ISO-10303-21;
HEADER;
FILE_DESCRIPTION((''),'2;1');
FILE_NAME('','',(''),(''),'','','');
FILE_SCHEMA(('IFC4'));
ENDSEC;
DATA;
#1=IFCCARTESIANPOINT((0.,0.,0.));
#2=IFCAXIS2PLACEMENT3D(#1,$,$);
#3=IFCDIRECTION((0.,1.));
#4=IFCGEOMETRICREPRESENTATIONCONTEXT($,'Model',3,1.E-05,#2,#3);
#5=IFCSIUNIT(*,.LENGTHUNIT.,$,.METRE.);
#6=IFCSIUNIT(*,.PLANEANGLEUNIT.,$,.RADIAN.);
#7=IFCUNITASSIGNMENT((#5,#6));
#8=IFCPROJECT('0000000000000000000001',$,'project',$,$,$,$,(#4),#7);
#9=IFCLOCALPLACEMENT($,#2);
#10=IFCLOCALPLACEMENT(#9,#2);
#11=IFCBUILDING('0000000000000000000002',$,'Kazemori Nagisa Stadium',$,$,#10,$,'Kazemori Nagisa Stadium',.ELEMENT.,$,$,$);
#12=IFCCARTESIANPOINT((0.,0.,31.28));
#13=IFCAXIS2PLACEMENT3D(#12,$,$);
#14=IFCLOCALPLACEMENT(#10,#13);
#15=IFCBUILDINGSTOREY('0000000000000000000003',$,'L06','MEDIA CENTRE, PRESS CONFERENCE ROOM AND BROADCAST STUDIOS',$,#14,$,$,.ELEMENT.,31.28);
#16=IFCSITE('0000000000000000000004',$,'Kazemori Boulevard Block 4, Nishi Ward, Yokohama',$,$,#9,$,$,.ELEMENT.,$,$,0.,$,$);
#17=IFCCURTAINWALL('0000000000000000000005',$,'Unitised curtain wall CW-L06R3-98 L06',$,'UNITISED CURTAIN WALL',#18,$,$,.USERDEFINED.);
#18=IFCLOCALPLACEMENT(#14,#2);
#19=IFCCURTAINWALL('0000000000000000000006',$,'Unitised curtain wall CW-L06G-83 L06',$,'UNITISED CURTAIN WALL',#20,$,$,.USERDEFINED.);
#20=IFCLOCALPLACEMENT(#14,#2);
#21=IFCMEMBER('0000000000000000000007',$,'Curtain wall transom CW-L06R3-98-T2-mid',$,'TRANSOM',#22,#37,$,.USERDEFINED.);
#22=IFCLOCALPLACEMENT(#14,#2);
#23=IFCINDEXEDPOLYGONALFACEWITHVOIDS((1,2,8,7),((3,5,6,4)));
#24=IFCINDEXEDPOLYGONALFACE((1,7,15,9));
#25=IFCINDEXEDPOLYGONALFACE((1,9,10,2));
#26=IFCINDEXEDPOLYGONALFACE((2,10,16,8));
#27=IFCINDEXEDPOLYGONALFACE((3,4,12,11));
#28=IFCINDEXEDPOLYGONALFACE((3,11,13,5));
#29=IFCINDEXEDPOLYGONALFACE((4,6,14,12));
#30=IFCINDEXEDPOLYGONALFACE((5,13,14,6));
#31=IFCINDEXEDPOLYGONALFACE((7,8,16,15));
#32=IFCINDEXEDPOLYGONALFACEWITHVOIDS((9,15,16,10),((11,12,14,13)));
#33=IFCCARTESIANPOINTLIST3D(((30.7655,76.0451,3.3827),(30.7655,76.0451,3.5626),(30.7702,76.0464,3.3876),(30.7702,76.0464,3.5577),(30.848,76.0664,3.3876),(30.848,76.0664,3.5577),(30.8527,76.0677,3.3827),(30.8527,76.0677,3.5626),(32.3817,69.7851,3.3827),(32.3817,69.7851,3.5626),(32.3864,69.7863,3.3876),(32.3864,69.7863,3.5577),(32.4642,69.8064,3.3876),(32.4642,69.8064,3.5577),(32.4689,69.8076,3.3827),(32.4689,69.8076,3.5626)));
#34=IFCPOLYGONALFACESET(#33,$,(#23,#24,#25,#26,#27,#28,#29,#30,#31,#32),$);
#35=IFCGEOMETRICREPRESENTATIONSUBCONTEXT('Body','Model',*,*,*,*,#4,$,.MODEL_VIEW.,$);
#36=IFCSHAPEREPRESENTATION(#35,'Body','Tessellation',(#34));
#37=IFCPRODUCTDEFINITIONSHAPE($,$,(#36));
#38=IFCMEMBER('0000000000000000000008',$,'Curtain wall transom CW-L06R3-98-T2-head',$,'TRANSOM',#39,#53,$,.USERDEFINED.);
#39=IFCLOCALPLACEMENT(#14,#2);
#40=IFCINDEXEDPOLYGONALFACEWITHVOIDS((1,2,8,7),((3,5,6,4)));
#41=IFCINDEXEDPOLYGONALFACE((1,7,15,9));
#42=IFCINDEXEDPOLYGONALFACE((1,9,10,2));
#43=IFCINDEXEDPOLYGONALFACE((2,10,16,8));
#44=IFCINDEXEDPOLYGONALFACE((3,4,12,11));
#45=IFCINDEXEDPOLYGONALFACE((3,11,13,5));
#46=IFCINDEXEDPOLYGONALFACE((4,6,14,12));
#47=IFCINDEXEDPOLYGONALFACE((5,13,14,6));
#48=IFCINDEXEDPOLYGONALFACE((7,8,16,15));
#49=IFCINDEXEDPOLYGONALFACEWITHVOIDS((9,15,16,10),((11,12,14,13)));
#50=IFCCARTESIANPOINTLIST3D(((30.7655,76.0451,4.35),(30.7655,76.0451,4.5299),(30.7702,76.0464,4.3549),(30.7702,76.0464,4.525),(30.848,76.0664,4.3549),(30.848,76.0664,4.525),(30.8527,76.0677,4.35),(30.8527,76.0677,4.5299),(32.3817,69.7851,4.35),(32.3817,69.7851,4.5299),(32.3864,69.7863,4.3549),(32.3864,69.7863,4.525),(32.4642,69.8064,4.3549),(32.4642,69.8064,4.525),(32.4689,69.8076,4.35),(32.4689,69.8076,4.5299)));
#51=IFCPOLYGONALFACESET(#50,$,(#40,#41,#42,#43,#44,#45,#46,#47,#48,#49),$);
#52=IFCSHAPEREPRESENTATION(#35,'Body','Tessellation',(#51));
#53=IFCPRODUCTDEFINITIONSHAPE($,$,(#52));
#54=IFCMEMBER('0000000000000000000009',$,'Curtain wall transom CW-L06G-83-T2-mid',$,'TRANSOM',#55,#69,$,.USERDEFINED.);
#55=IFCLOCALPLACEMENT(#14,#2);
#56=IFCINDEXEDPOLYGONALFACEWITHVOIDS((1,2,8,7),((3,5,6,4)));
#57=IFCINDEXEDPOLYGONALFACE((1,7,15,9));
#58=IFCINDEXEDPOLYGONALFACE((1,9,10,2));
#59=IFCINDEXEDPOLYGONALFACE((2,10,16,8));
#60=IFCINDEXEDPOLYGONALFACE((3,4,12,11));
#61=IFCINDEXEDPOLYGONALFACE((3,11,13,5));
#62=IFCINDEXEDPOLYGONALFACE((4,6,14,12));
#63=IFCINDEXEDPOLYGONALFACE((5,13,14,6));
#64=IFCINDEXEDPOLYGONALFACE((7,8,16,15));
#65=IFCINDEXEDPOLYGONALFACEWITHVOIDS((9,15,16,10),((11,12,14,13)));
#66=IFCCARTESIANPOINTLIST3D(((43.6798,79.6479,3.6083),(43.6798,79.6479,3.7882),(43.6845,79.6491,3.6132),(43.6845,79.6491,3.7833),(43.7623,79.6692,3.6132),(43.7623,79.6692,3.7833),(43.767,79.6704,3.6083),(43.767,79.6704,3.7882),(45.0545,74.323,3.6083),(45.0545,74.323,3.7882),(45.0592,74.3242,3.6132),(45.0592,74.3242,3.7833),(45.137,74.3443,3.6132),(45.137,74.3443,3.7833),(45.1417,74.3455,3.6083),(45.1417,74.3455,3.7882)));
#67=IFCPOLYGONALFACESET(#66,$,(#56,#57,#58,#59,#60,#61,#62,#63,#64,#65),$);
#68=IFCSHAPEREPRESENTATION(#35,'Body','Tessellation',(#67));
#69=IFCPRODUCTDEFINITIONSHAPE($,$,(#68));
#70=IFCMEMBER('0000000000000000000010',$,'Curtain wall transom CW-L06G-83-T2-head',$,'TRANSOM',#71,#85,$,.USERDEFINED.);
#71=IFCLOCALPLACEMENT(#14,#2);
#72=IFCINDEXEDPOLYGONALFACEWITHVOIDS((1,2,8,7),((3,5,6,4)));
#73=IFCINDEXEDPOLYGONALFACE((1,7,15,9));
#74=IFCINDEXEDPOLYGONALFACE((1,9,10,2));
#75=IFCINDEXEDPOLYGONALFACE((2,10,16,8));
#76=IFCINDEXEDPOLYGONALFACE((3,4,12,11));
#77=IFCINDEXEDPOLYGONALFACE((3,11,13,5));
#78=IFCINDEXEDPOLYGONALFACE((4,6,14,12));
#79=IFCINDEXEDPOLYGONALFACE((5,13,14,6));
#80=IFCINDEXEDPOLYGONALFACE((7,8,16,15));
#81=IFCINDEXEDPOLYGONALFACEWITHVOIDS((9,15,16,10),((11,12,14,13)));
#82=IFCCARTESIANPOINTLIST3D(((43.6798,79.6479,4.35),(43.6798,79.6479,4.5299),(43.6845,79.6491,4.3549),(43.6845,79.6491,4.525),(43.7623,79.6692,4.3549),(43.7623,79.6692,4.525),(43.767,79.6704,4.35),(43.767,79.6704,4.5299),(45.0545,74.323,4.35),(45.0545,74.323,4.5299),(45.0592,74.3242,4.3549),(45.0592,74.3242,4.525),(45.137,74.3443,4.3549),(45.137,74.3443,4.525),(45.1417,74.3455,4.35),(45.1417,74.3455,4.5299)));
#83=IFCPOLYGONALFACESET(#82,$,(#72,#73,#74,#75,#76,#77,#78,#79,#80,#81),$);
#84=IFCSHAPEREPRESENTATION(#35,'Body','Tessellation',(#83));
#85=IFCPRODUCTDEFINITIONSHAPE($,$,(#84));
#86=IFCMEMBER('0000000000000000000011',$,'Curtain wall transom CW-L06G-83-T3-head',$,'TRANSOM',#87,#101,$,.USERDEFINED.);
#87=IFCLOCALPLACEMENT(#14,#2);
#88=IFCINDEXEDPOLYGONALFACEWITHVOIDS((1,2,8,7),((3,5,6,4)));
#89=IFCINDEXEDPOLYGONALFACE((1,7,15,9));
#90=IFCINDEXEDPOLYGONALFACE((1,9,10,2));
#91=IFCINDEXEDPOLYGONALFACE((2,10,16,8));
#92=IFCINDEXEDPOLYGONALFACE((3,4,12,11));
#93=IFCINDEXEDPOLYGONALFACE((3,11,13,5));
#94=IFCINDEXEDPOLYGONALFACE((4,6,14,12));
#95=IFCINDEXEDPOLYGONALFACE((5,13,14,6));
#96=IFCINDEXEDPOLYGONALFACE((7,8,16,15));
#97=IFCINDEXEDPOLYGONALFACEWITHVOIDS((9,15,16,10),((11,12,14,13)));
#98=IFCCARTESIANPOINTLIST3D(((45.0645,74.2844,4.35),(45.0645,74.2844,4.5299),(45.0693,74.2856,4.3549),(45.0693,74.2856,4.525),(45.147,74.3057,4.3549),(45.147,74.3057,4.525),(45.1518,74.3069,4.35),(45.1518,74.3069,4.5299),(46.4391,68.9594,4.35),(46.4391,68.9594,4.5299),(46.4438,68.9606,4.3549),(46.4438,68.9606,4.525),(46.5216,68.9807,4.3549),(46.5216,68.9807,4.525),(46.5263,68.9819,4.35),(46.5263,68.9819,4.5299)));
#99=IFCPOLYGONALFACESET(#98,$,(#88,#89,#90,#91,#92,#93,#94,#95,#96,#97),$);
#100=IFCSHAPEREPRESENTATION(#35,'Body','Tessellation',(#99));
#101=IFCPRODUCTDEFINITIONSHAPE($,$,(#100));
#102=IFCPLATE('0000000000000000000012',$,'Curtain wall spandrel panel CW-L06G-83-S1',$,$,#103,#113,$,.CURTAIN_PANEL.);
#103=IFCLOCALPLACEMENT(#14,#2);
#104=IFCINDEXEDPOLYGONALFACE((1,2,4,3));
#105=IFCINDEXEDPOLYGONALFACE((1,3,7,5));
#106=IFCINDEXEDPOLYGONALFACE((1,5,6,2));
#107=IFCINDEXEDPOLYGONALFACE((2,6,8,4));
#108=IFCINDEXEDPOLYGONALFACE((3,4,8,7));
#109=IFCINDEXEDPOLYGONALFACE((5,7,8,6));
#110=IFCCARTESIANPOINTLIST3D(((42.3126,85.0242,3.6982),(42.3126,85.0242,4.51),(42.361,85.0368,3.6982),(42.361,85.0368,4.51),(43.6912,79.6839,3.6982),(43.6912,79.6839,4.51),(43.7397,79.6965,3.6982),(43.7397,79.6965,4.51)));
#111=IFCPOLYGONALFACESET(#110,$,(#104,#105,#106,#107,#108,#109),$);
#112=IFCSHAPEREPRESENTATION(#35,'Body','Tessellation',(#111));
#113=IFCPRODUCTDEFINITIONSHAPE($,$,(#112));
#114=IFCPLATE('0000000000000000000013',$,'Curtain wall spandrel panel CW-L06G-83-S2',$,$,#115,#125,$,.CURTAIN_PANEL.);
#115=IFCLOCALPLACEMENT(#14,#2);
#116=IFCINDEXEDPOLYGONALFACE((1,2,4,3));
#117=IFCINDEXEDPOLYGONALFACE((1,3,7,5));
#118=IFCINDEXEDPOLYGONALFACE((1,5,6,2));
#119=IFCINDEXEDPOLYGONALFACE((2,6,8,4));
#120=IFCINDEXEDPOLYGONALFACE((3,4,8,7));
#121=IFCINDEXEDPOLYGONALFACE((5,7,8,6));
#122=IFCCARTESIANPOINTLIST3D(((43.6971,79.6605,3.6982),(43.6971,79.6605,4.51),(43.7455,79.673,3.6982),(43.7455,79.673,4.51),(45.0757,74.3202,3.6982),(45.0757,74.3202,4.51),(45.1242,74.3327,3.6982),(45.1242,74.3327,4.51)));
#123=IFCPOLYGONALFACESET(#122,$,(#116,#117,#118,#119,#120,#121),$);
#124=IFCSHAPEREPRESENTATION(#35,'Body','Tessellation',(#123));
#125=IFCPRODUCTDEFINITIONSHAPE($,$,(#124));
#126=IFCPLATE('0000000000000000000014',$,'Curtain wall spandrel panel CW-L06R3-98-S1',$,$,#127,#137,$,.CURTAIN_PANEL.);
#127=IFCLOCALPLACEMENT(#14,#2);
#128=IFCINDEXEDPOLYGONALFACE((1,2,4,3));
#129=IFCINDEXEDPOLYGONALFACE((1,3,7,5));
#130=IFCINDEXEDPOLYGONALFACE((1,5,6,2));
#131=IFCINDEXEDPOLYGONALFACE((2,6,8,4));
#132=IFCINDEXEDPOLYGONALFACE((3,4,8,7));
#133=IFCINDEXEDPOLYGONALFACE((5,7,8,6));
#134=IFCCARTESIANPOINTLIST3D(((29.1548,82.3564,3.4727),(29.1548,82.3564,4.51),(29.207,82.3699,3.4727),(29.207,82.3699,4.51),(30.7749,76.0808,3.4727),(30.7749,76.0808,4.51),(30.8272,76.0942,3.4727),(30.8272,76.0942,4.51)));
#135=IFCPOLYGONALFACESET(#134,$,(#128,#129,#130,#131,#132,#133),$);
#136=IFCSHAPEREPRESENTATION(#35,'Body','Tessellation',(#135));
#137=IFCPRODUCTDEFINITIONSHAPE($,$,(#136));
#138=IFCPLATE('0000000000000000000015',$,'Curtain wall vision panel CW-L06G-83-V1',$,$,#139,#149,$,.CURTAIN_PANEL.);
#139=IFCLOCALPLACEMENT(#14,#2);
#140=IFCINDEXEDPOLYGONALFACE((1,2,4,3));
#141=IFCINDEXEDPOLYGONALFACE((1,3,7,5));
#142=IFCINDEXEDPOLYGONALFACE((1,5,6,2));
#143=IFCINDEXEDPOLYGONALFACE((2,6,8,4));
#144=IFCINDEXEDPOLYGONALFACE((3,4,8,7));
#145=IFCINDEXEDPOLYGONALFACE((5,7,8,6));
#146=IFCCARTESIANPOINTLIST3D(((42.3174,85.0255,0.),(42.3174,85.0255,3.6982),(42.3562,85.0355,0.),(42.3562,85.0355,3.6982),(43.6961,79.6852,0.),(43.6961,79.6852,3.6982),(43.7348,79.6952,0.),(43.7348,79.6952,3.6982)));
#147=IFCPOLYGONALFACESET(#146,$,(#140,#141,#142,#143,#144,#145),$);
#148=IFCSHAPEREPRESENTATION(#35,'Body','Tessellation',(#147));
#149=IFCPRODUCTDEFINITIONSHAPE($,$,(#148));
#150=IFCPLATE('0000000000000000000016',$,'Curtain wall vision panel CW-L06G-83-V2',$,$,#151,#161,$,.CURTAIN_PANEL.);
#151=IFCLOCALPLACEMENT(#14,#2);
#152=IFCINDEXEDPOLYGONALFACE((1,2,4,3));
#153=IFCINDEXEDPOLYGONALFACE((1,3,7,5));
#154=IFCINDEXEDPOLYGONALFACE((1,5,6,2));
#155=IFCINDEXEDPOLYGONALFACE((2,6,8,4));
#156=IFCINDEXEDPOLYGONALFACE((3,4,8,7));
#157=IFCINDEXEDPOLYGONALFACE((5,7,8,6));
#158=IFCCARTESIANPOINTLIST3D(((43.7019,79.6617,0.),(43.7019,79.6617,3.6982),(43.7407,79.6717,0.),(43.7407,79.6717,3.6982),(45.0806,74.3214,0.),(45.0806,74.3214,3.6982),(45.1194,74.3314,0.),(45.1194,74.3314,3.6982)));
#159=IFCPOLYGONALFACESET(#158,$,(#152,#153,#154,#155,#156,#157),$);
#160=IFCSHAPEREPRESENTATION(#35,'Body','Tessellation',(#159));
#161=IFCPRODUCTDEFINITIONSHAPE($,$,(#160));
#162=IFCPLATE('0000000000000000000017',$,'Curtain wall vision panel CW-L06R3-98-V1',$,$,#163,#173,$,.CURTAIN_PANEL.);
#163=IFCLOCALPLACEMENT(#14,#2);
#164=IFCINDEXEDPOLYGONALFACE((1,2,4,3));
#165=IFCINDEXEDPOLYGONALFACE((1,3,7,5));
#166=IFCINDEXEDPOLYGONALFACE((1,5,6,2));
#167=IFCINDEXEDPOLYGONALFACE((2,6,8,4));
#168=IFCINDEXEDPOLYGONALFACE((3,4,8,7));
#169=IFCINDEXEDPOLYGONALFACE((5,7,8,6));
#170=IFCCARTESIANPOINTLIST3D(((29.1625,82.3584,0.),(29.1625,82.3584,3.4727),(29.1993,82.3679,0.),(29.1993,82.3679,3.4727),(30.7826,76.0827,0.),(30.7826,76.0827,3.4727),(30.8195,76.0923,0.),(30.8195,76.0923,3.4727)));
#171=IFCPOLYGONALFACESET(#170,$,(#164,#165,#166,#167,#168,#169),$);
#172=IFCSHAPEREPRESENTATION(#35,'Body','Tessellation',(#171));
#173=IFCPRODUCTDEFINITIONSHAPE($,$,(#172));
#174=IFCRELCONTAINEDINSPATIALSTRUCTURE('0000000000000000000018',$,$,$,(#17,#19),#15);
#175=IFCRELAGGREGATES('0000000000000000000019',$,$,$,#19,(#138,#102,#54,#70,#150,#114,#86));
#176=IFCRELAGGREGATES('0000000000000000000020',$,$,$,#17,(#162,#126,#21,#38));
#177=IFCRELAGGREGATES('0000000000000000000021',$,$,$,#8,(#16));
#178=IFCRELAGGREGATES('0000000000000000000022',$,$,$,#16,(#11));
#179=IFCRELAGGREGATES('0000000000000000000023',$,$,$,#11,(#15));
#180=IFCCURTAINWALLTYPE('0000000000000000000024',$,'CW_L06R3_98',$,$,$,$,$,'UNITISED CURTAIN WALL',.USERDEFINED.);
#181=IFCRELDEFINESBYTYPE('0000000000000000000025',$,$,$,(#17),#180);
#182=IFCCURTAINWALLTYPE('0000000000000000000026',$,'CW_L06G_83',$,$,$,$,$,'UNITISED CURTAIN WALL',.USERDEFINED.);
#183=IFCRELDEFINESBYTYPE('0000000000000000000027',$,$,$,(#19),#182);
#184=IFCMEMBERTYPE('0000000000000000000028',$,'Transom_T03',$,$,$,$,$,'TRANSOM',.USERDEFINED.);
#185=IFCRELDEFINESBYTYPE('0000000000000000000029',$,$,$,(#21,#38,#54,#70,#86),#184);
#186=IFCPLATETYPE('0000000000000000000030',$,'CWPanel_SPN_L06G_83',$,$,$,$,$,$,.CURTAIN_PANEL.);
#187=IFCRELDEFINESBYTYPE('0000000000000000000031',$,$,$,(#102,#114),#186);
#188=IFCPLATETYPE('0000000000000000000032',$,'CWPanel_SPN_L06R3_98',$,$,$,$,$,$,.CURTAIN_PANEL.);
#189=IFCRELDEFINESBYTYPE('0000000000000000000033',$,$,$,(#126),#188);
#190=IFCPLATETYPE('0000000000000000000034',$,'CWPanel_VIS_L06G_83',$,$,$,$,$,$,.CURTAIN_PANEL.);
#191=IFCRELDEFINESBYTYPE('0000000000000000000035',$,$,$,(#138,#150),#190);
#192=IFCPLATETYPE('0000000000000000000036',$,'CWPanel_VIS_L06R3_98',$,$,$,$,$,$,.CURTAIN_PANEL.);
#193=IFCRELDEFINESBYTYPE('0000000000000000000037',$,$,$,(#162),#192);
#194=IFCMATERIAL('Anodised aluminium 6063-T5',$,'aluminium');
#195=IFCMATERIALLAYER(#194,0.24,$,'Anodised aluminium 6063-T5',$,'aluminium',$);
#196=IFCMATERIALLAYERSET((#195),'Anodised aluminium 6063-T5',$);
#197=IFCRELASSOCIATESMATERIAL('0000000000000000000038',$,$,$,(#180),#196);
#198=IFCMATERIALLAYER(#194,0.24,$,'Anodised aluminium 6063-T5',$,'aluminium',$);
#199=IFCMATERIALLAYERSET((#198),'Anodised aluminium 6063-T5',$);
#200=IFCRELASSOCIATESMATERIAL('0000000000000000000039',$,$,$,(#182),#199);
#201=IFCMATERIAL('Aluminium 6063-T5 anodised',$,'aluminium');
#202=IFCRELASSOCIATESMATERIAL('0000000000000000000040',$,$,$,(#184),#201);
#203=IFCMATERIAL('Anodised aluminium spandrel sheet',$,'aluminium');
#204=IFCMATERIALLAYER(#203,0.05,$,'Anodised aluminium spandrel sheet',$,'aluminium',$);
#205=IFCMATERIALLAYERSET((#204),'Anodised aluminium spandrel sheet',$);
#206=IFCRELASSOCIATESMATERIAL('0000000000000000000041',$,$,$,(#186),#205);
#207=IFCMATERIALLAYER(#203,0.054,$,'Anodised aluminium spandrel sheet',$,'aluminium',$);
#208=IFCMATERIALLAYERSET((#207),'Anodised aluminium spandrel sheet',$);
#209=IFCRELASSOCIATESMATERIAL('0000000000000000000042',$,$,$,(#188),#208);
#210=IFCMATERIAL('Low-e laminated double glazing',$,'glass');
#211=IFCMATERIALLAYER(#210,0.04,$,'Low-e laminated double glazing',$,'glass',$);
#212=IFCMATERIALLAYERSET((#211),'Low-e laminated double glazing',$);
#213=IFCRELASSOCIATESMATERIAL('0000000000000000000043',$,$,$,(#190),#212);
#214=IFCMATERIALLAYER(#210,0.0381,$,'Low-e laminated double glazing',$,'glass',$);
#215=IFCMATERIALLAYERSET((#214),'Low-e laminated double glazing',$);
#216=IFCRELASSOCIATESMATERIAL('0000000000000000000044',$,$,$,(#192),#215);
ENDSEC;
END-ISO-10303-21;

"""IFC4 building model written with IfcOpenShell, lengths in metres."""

from ifc_helpers import new_model, si_unit, direction, frame, origin, origin_2d, place, context, subcontext, project, spatial, rectangle, hollow_rectangle, extrude, material, layer, layer_set, material_profile, profile_set, type_object, element, aggregate, save


model = new_model("IFC4")

# Units and contexts
model_context = context("Model", 3, precision=1e-05, world=origin(), true_north=direction((0.0, 1.0)))
body_context = subcontext(model_context, "Body", "Model", "MODEL_VIEW")
ifc_project = project(units=[si_unit("LENGTHUNIT", "METRE"), si_unit("PLANEANGLEUNIT", "RADIAN")], contexts=[model_context])

# Site, building, storey
site_placement = place(None, origin())
site = spatial("IfcSite", under=ifc_project, at=site_placement, Name="Kazemori Boulevard Block 4, Nishi Ward, Yokohama", CompositionType="ELEMENT", RefElevation=0.0)
building_placement = place(site_placement, origin())
building = spatial("IfcBuilding", under=site, at=building_placement, Name="Kazemori Nagisa Stadium", LongName="Kazemori Nagisa Stadium", CompositionType="ELEMENT")
storey_placement = place(building_placement, frame((0.0, 0.0, 31.28)))
storey = spatial("IfcBuildingStorey", under=building, at=storey_placement, Name="L06", Description="MEDIA CENTRE, PRESS CONFERENCE ROOM AND BROADCAST STUDIOS", CompositionType="ELEMENT", Elevation=31.28)

# Shared definitions
ifc_material_1 = material(Name="Anodised aluminium 6063-T5", Category="aluminium")
ifc_material_2 = material(Name="Aluminium 6063-T5 anodised", Category="aluminium")

# Curtain walls
ifc_layer_1 = layer(ifc_material_1, 0.24, Name="Anodised aluminium 6063-T5", Category="aluminium")
ifc_layer_set_1 = layer_set([ifc_layer_1], Name="Anodised aluminium 6063-T5")
curtain_wall_type_1 = type_object("IfcCurtainWallType", Name="CW_L06R3_98", ElementType="UNITISED CURTAIN WALL", PredefinedType="USERDEFINED", material=ifc_layer_set_1)
curtain_wall_1_placement = place(storey_placement, origin())
curtain_wall_1 = element("IfcCurtainWall", 1, at=curtain_wall_1_placement, inside=storey, type_object=curtain_wall_type_1, Name="Unitised curtain wall CW-L06R3-98 L06", ObjectType="UNITISED CURTAIN WALL", PredefinedType="USERDEFINED")
ifc_layer_2 = layer(ifc_material_1, 0.24, Name="Anodised aluminium 6063-T5", Category="aluminium")
ifc_layer_set_2 = layer_set([ifc_layer_2], Name="Anodised aluminium 6063-T5")
curtain_wall_type_2 = type_object("IfcCurtainWallType", Name="CW_L06G_83", ElementType="UNITISED CURTAIN WALL", PredefinedType="USERDEFINED", material=ifc_layer_set_2)
curtain_wall_2_placement = place(storey_placement, origin())
curtain_wall_2 = element("IfcCurtainWall", 2, at=curtain_wall_2_placement, inside=storey, type_object=curtain_wall_type_2, Name="Unitised curtain wall CW-L06G-83 L06", ObjectType="UNITISED CURTAIN WALL", PredefinedType="USERDEFINED")

# Members
ifc_material_profile_1 = material_profile(ifc_material_2, hollow_rectangle(XDim=0.0901, YDim=0.1799, WallThickness=0.0049, at=origin_2d()), Name="ALU-TRAN-90x180x5")
ifc_profile_set_1 = profile_set([ifc_material_profile_1], Name="Aluminium 6063-T5 anodised")
member_type_1 = type_object("IfcMemberType", Name="Transom_T03", ElementType="TRANSOM", PredefinedType="USERDEFINED", material=ifc_profile_set_1)
member_1_placement = place(storey_placement, frame((30.8091, 76.0564, 3.4727), z_axis=(0.249983, -0.96825, 0.0), x_axis=(0.96825, 0.249983, 0.0)))
member_1 = element("IfcMember", 3, at=member_1_placement, type_object=member_type_1, Name="Curtain wall transom CW-L06R3-98-T2-mid", ObjectType="TRANSOM", PredefinedType="USERDEFINED", context=body_context, shape_type="SweptSolid", body=[
    extrude(hollow_rectangle(XDim=0.0901, YDim=0.1799, WallThickness=0.0049, at=origin_2d()), origin(), (0.0, 0.0, 1.0), 6.4653),
])
member_2_placement = place(storey_placement, frame((30.8091, 76.0564, 4.4399), z_axis=(0.249983, -0.96825, 0.0), x_axis=(0.96825, 0.249983, 0.0)))
member_2 = element("IfcMember", 4, at=member_2_placement, type_object=member_type_1, Name="Curtain wall transom CW-L06R3-98-T2-head", ObjectType="TRANSOM", PredefinedType="USERDEFINED", context=body_context, shape_type="SweptSolid", body=[
    extrude(hollow_rectangle(XDim=0.0901, YDim=0.1799, WallThickness=0.0049, at=origin_2d()), origin(), (0.0, 0.0, 1.0), 6.4653),
])
member_3_placement = place(storey_placement, frame((43.7234, 79.6592, 3.6982), z_axis=(0.249976, -0.968252, 0.0), x_axis=(0.968252, 0.249976, 0.0)))
member_3 = element("IfcMember", 5, at=member_3_placement, type_object=member_type_1, Name="Curtain wall transom CW-L06G-83-T2-mid", ObjectType="TRANSOM", PredefinedType="USERDEFINED", context=body_context, shape_type="SweptSolid", body=[
    extrude(hollow_rectangle(XDim=0.0901, YDim=0.1799, WallThickness=0.0049, at=origin_2d()), origin(), (0.0, 0.0, 1.0), 5.4995),
])
member_4_placement = place(storey_placement, frame((43.7234, 79.6592, 4.4399), z_axis=(0.249976, -0.968252, 0.0), x_axis=(0.968252, 0.249976, 0.0)))
member_4 = element("IfcMember", 6, at=member_4_placement, type_object=member_type_1, Name="Curtain wall transom CW-L06G-83-T2-head", ObjectType="TRANSOM", PredefinedType="USERDEFINED", context=body_context, shape_type="SweptSolid", body=[
    extrude(hollow_rectangle(XDim=0.0901, YDim=0.1799, WallThickness=0.0049, at=origin_2d()), origin(), (0.0, 0.0, 1.0), 5.4995),
])
member_5_placement = place(storey_placement, frame((45.1082, 74.2957, 4.4399), z_axis=(0.249934, -0.968263, 0.0), x_axis=(0.968263, 0.249934, 0.0)))
member_5 = element("IfcMember", 7, at=member_5_placement, type_object=member_type_1, Name="Curtain wall transom CW-L06G-83-T3-head", ObjectType="TRANSOM", PredefinedType="USERDEFINED", context=body_context, shape_type="SweptSolid", body=[
    extrude(hollow_rectangle(XDim=0.0901, YDim=0.1799, WallThickness=0.0049, at=origin_2d()), origin(), (0.0, 0.0, 1.0), 5.4995),
])

# Plates
ifc_material_3 = material(Name="Anodised aluminium spandrel sheet", Category="aluminium")
ifc_layer_3 = layer(ifc_material_3, 0.05, Name="Anodised aluminium spandrel sheet", Category="aluminium")
ifc_layer_set_3 = layer_set([ifc_layer_3], Name="Anodised aluminium spandrel sheet")
plate_type_1 = type_object("IfcPlateType", Name="CWPanel_SPN_L06G_83", PredefinedType="CURTAIN_PANEL", material=ifc_layer_set_3)
plate_1_placement = place(storey_placement, frame((43.0261, 82.3604, 3.6982), z_axis=(0.0, 0.0, 1.0), x_axis=(0.249965, -0.968255, 0.0)))
plate_1 = element("IfcPlate", 8, at=plate_1_placement, type_object=plate_type_1, Name="Curtain wall spandrel panel CW-L06G-83-S1", PredefinedType="CURTAIN_PANEL", context=body_context, shape_type="SweptSolid", body=[
    extrude(rectangle(XDim=5.5154, YDim=0.05, at=origin_2d()), origin(), (0.0, 0.0, 1.0), 0.8118),
])
plate_2_placement = place(storey_placement, frame((44.4106, 76.9966, 3.6982), z_axis=(0.0, 0.0, 1.0), x_axis=(0.249965, -0.968255, 0.0)))
plate_2 = element("IfcPlate", 9, at=plate_2_placement, type_object=plate_type_1, Name="Curtain wall spandrel panel CW-L06G-83-S2", PredefinedType="CURTAIN_PANEL", context=body_context, shape_type="SweptSolid", body=[
    extrude(rectangle(XDim=5.5154, YDim=0.05, at=origin_2d()), origin(), (0.0, 0.0, 1.0), 0.8118),
])
ifc_layer_4 = layer(ifc_material_3, 0.054, Name="Anodised aluminium spandrel sheet", Category="aluminium")
ifc_layer_set_4 = layer_set([ifc_layer_4], Name="Anodised aluminium spandrel sheet")
plate_type_2 = type_object("IfcPlateType", Name="CWPanel_SPN_L06R3_98", PredefinedType="CURTAIN_PANEL", material=ifc_layer_set_4)
plate_3_placement = place(storey_placement, frame((29.991, 79.2253, 3.4727), z_axis=(0.0, 0.0, 1.0), x_axis=(0.249965, -0.968255, 0.0)))
plate_3 = element("IfcPlate", 10, at=plate_3_placement, type_object=plate_type_2, Name="Curtain wall spandrel panel CW-L06R3-98-S1", PredefinedType="CURTAIN_PANEL", context=body_context, shape_type="SweptSolid", body=[
    extrude(rectangle(XDim=6.4814, YDim=0.054, at=origin_2d()), origin(), (0.0, 0.0, 1.0), 1.0374),
])
ifc_material_4 = material(Name="Low-e laminated double glazing", Category="glass")
ifc_layer_5 = layer(ifc_material_4, 0.04, Name="Low-e laminated double glazing", Category="glass")
ifc_layer_set_5 = layer_set([ifc_layer_5], Name="Low-e laminated double glazing")
plate_type_3 = type_object("IfcPlateType", Name="CWPanel_VIS_L06G_83", PredefinedType="CURTAIN_PANEL", material=ifc_layer_set_5)
plate_4_placement = place(storey_placement, frame((43.0261, 82.3604, 0.0), z_axis=(0.0, 0.0, 1.0), x_axis=(0.249965, -0.968255, 0.0)))
plate_4 = element("IfcPlate", 11, at=plate_4_placement, type_object=plate_type_3, Name="Curtain wall vision panel CW-L06G-83-V1", PredefinedType="CURTAIN_PANEL", context=body_context, shape_type="SweptSolid", body=[
    extrude(rectangle(XDim=5.5154, YDim=0.04, at=origin_2d()), origin(), (0.0, 0.0, 1.0), 3.6982),
])
plate_5_placement = place(storey_placement, frame((44.4106, 76.9966, 0.0), z_axis=(0.0, 0.0, 1.0), x_axis=(0.249965, -0.968255, 0.0)))
plate_5 = element("IfcPlate", 12, at=plate_5_placement, type_object=plate_type_3, Name="Curtain wall vision panel CW-L06G-83-V2", PredefinedType="CURTAIN_PANEL", context=body_context, shape_type="SweptSolid", body=[
    extrude(rectangle(XDim=5.5154, YDim=0.04, at=origin_2d()), origin(), (0.0, 0.0, 1.0), 3.6982),
])
aggregate(curtain_wall_2, [plate_4, plate_1, member_3, member_4, plate_5, plate_2, member_5])
ifc_layer_6 = layer(ifc_material_4, 0.0381, Name="Low-e laminated double glazing", Category="glass")
ifc_layer_set_6 = layer_set([ifc_layer_6], Name="Low-e laminated double glazing")
plate_type_4 = type_object("IfcPlateType", Name="CWPanel_VIS_L06R3_98", PredefinedType="CURTAIN_PANEL", material=ifc_layer_set_6)
plate_6_placement = place(storey_placement, frame((29.991, 79.2253, 0.0), z_axis=(0.0, 0.0, 1.0), x_axis=(0.249965, -0.968255, 0.0)))
plate_6 = element("IfcPlate", 13, at=plate_6_placement, type_object=plate_type_4, Name="Curtain wall vision panel CW-L06R3-98-V1", PredefinedType="CURTAIN_PANEL", context=body_context, shape_type="SweptSolid", body=[
    extrude(rectangle(XDim=6.4814, YDim=0.0381, at=origin_2d()), origin(), (0.0, 0.0, 1.0), 3.4727),
])
aggregate(curtain_wall_1, [plate_6, plate_3, member_1, member_2])

save(model, "model.ifc")
